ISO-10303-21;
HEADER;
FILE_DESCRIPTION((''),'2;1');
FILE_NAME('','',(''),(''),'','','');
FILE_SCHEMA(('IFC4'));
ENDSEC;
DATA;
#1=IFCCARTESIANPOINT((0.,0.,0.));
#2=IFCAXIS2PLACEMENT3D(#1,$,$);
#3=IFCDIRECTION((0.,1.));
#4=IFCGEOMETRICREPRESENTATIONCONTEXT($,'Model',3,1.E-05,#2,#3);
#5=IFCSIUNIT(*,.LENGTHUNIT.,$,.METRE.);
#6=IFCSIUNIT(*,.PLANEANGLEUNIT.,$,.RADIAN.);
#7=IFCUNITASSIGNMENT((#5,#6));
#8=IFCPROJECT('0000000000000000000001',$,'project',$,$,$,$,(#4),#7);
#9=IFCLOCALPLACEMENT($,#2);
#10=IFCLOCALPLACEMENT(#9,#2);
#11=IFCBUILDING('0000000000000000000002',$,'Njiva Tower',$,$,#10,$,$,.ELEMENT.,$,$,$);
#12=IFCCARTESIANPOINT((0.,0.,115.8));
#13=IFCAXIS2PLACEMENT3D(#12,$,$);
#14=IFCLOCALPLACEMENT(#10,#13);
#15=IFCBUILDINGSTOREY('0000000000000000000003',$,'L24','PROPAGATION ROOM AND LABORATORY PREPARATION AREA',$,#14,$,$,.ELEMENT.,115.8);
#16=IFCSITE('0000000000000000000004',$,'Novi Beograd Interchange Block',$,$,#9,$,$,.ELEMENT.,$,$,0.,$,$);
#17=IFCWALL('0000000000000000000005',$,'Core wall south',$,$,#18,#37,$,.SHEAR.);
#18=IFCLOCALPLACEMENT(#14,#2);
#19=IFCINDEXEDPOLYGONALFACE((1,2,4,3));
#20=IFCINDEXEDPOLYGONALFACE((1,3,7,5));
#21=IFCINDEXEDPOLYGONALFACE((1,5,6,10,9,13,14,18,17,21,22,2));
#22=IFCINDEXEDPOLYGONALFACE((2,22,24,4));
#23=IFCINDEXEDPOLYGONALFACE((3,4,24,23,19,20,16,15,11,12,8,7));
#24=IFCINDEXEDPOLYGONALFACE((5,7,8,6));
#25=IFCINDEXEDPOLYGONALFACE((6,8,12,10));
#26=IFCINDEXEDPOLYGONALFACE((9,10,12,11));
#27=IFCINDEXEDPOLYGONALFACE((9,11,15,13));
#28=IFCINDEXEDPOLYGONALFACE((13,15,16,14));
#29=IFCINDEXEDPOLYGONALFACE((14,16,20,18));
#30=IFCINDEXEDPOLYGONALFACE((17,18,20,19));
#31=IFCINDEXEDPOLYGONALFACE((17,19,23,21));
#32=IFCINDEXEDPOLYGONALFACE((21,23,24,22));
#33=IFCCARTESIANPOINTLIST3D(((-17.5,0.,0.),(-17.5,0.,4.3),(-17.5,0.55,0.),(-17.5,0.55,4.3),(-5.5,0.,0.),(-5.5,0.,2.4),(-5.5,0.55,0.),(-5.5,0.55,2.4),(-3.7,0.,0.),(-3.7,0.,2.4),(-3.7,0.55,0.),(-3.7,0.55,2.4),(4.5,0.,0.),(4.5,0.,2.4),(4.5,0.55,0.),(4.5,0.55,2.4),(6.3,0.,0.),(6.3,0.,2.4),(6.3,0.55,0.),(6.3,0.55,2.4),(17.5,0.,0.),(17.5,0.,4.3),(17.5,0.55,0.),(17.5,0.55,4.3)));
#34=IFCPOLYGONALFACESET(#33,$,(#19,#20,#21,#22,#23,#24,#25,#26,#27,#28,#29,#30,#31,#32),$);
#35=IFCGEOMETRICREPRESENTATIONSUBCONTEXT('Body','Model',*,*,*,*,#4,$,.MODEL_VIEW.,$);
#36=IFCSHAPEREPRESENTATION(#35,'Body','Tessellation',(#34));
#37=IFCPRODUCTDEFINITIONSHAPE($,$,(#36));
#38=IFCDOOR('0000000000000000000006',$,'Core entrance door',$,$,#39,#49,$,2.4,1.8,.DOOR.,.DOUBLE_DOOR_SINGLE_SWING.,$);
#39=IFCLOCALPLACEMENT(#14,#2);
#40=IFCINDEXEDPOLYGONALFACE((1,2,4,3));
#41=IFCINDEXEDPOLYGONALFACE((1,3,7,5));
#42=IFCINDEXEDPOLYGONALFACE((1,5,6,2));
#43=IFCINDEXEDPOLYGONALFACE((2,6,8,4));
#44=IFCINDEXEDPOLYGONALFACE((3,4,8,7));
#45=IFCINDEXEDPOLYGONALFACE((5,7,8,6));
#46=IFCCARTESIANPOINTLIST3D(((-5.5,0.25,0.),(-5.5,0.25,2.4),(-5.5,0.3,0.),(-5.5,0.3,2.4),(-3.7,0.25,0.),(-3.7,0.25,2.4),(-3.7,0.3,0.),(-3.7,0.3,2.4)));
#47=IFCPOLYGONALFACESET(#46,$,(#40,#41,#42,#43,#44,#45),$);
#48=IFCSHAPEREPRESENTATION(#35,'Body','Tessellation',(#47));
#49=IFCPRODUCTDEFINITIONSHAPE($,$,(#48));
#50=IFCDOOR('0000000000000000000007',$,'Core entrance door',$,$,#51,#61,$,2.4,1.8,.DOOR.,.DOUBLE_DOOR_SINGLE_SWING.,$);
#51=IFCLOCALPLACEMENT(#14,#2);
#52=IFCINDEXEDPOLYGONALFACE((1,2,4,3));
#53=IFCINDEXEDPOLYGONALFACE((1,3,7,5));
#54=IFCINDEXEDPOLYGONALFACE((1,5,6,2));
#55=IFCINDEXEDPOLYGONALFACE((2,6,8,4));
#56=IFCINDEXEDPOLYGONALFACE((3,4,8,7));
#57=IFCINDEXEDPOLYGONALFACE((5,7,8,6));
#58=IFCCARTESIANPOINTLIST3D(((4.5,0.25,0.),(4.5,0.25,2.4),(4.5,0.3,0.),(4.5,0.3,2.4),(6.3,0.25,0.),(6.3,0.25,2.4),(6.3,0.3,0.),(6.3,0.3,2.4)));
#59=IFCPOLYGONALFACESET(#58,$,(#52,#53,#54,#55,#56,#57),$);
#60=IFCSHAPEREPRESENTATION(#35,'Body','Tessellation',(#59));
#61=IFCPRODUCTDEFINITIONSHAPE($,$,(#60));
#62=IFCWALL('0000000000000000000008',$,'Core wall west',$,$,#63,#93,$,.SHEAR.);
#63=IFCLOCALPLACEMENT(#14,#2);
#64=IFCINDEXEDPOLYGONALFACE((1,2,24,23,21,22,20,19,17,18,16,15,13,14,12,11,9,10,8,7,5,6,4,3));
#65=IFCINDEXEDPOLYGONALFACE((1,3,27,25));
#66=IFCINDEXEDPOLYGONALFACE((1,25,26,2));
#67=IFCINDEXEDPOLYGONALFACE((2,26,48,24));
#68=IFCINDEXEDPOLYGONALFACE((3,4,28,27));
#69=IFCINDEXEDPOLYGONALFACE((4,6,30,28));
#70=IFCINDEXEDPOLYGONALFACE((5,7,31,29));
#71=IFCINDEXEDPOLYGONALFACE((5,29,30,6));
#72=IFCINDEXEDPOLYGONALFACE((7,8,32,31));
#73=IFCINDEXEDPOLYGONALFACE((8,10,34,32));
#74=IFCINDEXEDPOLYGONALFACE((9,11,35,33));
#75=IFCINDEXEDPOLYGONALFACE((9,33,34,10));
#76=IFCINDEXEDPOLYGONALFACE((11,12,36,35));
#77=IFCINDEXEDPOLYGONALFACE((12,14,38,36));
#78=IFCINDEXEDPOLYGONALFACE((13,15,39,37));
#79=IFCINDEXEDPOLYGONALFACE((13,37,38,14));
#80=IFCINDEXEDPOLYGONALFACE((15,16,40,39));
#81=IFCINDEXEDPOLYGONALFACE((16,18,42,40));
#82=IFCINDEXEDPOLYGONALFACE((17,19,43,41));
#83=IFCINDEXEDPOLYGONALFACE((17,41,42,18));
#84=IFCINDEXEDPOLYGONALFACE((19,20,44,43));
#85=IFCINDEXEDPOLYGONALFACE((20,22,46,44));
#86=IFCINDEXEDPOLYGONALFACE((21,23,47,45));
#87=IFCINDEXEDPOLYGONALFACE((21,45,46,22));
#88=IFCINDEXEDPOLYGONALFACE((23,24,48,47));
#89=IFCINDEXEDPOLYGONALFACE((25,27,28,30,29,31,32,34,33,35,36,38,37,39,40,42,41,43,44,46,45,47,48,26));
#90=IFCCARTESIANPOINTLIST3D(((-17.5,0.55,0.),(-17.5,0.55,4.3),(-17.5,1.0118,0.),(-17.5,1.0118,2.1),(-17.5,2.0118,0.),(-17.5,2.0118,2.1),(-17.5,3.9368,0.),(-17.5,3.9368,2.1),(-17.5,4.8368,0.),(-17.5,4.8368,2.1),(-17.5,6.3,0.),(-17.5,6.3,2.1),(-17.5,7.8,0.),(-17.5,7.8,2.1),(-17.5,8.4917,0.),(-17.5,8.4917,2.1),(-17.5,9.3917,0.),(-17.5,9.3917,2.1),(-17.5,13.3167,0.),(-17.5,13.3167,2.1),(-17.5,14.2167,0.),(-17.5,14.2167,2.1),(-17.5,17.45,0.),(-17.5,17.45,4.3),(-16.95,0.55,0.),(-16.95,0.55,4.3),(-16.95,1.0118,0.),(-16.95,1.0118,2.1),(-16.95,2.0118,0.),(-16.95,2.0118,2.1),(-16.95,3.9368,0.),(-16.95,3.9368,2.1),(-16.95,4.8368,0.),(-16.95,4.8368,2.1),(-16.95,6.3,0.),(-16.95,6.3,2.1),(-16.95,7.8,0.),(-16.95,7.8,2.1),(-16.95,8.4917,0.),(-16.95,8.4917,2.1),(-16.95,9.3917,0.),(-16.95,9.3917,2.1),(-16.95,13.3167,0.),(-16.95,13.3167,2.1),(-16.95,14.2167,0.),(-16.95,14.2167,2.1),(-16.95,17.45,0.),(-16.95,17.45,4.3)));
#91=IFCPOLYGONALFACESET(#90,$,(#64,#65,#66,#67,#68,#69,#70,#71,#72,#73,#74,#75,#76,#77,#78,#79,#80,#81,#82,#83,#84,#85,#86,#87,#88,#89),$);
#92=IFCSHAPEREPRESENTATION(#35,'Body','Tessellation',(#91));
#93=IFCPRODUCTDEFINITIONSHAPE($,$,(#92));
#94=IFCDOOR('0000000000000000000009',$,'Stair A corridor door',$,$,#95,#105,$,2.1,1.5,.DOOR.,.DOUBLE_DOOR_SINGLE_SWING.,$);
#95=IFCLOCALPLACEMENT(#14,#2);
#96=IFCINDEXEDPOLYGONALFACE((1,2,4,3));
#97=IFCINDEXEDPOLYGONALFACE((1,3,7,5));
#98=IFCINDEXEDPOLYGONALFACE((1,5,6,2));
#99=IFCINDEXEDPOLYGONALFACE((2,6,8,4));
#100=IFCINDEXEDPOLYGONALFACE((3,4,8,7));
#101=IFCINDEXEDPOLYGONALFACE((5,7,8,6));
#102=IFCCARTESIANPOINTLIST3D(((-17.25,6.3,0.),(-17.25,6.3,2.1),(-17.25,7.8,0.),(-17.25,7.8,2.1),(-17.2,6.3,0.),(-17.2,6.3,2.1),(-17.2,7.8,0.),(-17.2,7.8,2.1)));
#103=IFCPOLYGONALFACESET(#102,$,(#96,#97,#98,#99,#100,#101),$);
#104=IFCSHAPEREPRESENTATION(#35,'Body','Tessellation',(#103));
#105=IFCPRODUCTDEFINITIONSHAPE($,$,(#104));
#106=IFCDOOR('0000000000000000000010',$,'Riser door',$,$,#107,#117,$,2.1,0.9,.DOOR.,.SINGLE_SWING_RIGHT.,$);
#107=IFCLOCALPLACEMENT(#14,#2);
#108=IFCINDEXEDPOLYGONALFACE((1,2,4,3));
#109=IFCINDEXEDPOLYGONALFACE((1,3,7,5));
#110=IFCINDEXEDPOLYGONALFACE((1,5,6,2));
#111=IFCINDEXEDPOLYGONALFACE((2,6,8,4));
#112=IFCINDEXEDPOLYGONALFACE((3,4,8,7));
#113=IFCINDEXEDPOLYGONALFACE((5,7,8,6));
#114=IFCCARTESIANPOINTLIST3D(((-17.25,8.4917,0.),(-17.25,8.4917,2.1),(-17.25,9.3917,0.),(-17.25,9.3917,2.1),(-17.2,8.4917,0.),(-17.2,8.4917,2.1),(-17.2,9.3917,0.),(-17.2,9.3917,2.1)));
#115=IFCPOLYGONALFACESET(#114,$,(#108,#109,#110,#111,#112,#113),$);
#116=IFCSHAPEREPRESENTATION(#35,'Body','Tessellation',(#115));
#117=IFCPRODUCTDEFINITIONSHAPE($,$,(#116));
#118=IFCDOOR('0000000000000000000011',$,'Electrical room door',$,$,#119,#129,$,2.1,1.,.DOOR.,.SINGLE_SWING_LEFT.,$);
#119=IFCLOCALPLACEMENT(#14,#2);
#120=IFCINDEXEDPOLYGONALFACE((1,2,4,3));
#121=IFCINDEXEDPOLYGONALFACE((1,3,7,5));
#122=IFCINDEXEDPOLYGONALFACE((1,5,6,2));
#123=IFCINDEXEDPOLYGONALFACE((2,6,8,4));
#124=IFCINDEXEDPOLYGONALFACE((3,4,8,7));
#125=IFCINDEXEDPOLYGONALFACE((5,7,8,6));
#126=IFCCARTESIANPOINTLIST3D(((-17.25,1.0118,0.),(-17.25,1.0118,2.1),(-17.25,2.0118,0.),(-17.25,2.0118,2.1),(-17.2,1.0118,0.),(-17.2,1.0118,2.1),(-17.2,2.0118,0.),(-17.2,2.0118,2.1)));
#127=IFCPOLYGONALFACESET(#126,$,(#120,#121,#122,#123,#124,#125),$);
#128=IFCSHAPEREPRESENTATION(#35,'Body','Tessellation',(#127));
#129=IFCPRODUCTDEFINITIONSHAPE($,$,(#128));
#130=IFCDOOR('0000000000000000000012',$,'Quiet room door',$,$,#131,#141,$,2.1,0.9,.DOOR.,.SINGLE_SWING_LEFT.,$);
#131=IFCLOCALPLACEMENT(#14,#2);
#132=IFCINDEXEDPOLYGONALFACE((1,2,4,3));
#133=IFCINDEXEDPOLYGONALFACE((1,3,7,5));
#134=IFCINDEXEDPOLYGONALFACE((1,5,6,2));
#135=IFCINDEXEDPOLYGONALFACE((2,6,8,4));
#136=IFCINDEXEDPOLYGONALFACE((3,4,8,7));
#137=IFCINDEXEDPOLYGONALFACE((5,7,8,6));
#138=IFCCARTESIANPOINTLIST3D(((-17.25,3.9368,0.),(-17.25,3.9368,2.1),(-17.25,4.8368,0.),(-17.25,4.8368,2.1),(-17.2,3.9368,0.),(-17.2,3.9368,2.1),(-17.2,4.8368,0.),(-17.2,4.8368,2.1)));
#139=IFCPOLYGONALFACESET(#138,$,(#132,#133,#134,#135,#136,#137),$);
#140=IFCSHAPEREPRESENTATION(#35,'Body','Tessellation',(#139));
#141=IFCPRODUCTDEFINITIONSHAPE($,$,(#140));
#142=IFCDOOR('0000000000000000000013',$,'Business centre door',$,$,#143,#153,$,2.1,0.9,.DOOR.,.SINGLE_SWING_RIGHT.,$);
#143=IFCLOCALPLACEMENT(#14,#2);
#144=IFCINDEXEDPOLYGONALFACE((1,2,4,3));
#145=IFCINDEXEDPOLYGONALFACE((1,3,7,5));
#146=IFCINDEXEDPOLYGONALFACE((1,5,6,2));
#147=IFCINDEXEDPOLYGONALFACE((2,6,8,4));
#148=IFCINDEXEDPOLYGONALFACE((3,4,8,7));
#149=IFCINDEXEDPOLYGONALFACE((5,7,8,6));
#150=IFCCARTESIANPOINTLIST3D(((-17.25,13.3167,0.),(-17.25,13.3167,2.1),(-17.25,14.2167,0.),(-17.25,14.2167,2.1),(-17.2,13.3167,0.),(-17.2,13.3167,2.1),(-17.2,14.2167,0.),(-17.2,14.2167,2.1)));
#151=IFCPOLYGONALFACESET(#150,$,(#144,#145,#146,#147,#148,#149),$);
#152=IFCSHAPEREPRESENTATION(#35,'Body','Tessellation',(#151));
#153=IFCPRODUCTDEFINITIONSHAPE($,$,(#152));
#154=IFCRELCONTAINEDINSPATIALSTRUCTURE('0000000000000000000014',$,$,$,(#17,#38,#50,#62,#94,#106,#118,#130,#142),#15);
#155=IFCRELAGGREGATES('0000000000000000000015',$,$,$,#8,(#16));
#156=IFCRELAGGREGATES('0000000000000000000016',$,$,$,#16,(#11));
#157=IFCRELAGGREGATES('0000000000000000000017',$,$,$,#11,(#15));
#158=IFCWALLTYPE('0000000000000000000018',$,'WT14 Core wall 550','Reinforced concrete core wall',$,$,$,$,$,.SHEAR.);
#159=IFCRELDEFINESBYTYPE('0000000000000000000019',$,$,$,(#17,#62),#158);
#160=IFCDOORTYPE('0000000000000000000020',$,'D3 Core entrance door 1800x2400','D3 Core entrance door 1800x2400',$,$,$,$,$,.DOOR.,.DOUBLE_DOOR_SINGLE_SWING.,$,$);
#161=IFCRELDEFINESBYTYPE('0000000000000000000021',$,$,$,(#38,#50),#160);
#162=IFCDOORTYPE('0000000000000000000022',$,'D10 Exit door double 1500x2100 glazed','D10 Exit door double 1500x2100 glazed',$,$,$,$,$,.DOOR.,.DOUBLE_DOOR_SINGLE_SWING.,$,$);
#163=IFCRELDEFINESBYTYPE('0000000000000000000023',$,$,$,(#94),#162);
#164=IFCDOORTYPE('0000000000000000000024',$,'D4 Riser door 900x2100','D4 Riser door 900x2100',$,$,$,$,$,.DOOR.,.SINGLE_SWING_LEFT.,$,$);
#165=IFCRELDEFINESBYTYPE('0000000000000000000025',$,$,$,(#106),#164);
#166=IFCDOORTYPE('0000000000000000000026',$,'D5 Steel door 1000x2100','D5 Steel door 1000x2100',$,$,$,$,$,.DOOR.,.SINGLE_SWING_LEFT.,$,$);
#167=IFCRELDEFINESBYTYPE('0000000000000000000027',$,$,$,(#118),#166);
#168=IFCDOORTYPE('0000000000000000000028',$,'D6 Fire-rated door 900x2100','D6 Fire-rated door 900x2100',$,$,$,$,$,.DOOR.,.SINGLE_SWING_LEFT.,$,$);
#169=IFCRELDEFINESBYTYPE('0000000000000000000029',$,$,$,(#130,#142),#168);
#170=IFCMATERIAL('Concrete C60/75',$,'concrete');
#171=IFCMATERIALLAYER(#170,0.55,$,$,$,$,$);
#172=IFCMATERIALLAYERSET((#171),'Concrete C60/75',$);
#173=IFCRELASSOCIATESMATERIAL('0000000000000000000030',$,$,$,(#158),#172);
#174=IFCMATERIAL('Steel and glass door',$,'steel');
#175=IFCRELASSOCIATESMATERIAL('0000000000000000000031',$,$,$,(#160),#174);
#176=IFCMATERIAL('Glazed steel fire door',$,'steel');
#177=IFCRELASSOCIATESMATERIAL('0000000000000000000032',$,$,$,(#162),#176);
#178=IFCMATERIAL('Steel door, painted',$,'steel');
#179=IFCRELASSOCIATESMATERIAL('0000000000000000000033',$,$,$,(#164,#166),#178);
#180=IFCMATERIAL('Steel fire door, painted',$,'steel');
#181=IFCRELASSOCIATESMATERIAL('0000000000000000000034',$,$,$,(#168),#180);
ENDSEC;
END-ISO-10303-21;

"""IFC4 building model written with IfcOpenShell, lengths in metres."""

from ifc_helpers import new_model, si_unit, direction, frame, frame_2d, origin, place, context, subcontext, project, spatial, rectangle, extrude, material, layer, layer_set, type_object, element, fill, save


model = new_model("IFC4")

# Units and contexts
model_context = context("Model", 3, precision=1e-05, world=origin(), true_north=direction((0.0, 1.0)))
body_context = subcontext(model_context, "Body", "Model", "MODEL_VIEW")
ifc_project = project(units=[si_unit("LENGTHUNIT", "METRE"), si_unit("PLANEANGLEUNIT", "RADIAN")], contexts=[model_context])

# Site, building, storey
site_placement = place(None, origin())
site = spatial("IfcSite", under=ifc_project, at=site_placement, Name="Novi Beograd Interchange Block", CompositionType="ELEMENT", RefElevation=0.0)
building_placement = place(site_placement, origin())
building = spatial("IfcBuilding", under=site, at=building_placement, Name="Njiva Tower", CompositionType="ELEMENT")
storey_placement = place(building_placement, frame((0.0, 0.0, 115.8)))
storey = spatial("IfcBuildingStorey", under=building, at=storey_placement, Name="L24", Description="PROPAGATION ROOM AND LABORATORY PREPARATION AREA", CompositionType="ELEMENT", Elevation=115.8)

# Walls, openings, doors
ifc_material_1 = material(Name="Concrete C60/75", Category="concrete")
ifc_layer_1 = layer(ifc_material_1, 0.55)
ifc_layer_set_1 = layer_set([ifc_layer_1], Name="Concrete C60/75")
wall_type_1 = type_object("IfcWallType", Name="WT14 Core wall 550", Description="Reinforced concrete core wall", PredefinedType="SHEAR", material=ifc_layer_set_1)
wall_1_placement = place(storey_placement, frame((-17.5, 0.275, 0.0), z_axis=(0.0, 0.0, 1.0), x_axis=(1.0, 0.0, 0.0)))
wall_1 = element("IfcWall", 1, at=wall_1_placement, inside=storey, type_object=wall_type_1, Name="Core wall south", PredefinedType="SHEAR", context=body_context, shape_type="SweptSolid", body=[
    extrude(rectangle(XDim=35.0, YDim=0.55, at=frame_2d((17.5, 0.0))), origin(), (0.0, 0.0, 1.0), 4.3),
])
opening_1_placement = place(wall_1_placement, frame((12.0, 0.0, 0.0)))
opening_1 = element("IfcOpeningElement", 2, at=opening_1_placement, cuts=wall_1, PredefinedType="OPENING", context=body_context, shape_type="SweptSolid", body=[
    extrude(rectangle(XDim=1.8, YDim=2.4, at=frame_2d((0.9, 1.2))), frame((0.0, 0.285, 0.0), z_axis=(0.0, -1.0, 0.0), x_axis=(1.0, 0.0, 0.0)), (0.0, 0.0, 1.0), 0.57),
])
opening_2_placement = place(wall_1_placement, frame((22.0, 0.0, 0.0)))
opening_2 = element("IfcOpeningElement", 3, at=opening_2_placement, cuts=wall_1, PredefinedType="OPENING", context=body_context, shape_type="SweptSolid", body=[
    extrude(rectangle(XDim=1.8, YDim=2.4, at=frame_2d((0.9, 1.2))), frame((0.0, 0.285, 0.0), z_axis=(0.0, -1.0, 0.0), x_axis=(1.0, 0.0, 0.0)), (0.0, 0.0, 1.0), 0.57),
])
ifc_material_2 = material(Name="Steel and glass door", Category="steel")
door_type_1 = type_object("IfcDoorType", Name="D3 Core entrance door 1800x2400", Description="D3 Core entrance door 1800x2400", OperationType="DOUBLE_DOOR_SINGLE_SWING", PredefinedType="DOOR", material=ifc_material_2)
door_1_placement = place(opening_1_placement, origin())
door_1 = element("IfcDoor", 4, at=door_1_placement, inside=storey, type_object=door_type_1, Name="Core entrance door", OperationType="DOUBLE_DOOR_SINGLE_SWING", OverallHeight=2.4, OverallWidth=1.8, PredefinedType="DOOR", context=body_context, shape_type="SweptSolid", body=[
    extrude(rectangle(XDim=1.8, YDim=2.4, at=frame_2d((0.9, 1.2))), frame((0.0, 0.025, 0.0), z_axis=(0.0, -1.0, 0.0), x_axis=(1.0, 0.0, 0.0)), (0.0, 0.0, 1.0), 0.05),
])
fill(opening_1, door_1)
door_2_placement = place(opening_2_placement, origin())
door_2 = element("IfcDoor", 5, at=door_2_placement, inside=storey, type_object=door_type_1, Name="Core entrance door", OperationType="DOUBLE_DOOR_SINGLE_SWING", OverallHeight=2.4, OverallWidth=1.8, PredefinedType="DOOR", context=body_context, shape_type="SweptSolid", body=[
    extrude(rectangle(XDim=1.8, YDim=2.4, at=frame_2d((0.9, 1.2))), frame((0.0, 0.025, 0.0), z_axis=(0.0, -1.0, 0.0), x_axis=(1.0, 0.0, 0.0)), (0.0, 0.0, 1.0), 0.05),
])
fill(opening_2, door_2)
wall_2_placement = place(storey_placement, frame((-17.225, 0.55, 0.0), z_axis=(0.0, 0.0, 1.0), x_axis=(0.0, 1.0, 0.0)))
wall_2 = element("IfcWall", 6, at=wall_2_placement, inside=storey, type_object=wall_type_1, Name="Core wall west", PredefinedType="SHEAR", context=body_context, shape_type="SweptSolid", body=[
    extrude(rectangle(XDim=16.9, YDim=0.55, at=frame_2d((8.45, 0.0))), origin(), (0.0, 0.0, 1.0), 4.3),
])
opening_3_placement = place(wall_2_placement, frame((5.75, 0.0, 0.0)))
opening_3 = element("IfcOpeningElement", 7, at=opening_3_placement, cuts=wall_2, PredefinedType="OPENING", context=body_context, shape_type="SweptSolid", body=[
    extrude(rectangle(XDim=1.5, YDim=2.1, at=frame_2d((0.75, 1.05))), frame((0.0, 0.285, 0.0), z_axis=(0.0, -1.0, 0.0), x_axis=(1.0, 0.0, 0.0)), (0.0, 0.0, 1.0), 0.57),
])
opening_4_placement = place(wall_2_placement, frame((0.4618, 0.0, 0.0)))
opening_4 = element("IfcOpeningElement", 8, at=opening_4_placement, cuts=wall_2, PredefinedType="OPENING", context=body_context, shape_type="SweptSolid", body=[
    extrude(rectangle(XDim=1.0, YDim=2.1, at=frame_2d((0.5, 1.05))), frame((0.0, 0.285, 0.0), z_axis=(0.0, -1.0, 0.0), x_axis=(1.0, 0.0, 0.0)), (0.0, 0.0, 1.0), 0.57),
])
opening_5_placement = place(wall_2_placement, frame((3.3868, 0.0, 0.0)))
opening_5 = element("IfcOpeningElement", 9, at=opening_5_placement, cuts=wall_2, PredefinedType="OPENING", context=body_context, shape_type="SweptSolid", body=[
    extrude(rectangle(XDim=0.9, YDim=2.1, at=frame_2d((0.45, 1.05))), frame((0.0, 0.285, 0.0), z_axis=(0.0, -1.0, 0.0), x_axis=(1.0, 0.0, 0.0)), (0.0, 0.0, 1.0), 0.57),
])
opening_6_placement = place(wall_2_placement, frame((7.9417, 0.0, 0.0)))
opening_6 = element("IfcOpeningElement", 10, at=opening_6_placement, cuts=wall_2, PredefinedType="OPENING", context=body_context, shape_type="SweptSolid", body=[
    extrude(rectangle(XDim=0.9, YDim=2.1, at=frame_2d((0.45, 1.05))), frame((0.0, 0.285, 0.0), z_axis=(0.0, -1.0, 0.0), x_axis=(1.0, 0.0, 0.0)), (0.0, 0.0, 1.0), 0.57),
])
opening_7_placement = place(wall_2_placement, frame((12.7667, 0.0, 0.0)))
opening_7 = element("IfcOpeningElement", 11, at=opening_7_placement, cuts=wall_2, PredefinedType="OPENING", context=body_context, shape_type="SweptSolid", body=[
    extrude(rectangle(XDim=0.9, YDim=2.1, at=frame_2d((0.45, 1.05))), frame((0.0, 0.285, 0.0), z_axis=(0.0, -1.0, 0.0), x_axis=(1.0, 0.0, 0.0)), (0.0, 0.0, 1.0), 0.57),
])
ifc_material_3 = material(Name="Glazed steel fire door", Category="steel")
door_type_2 = type_object("IfcDoorType", Name="D10 Exit door double 1500x2100 glazed", Description="D10 Exit door double 1500x2100 glazed", OperationType="DOUBLE_DOOR_SINGLE_SWING", PredefinedType="DOOR", material=ifc_material_3)
door_3_placement = place(opening_3_placement, origin())
door_3 = element("IfcDoor", 12, at=door_3_placement, inside=storey, type_object=door_type_2, Name="Stair A corridor door", OperationType="DOUBLE_DOOR_SINGLE_SWING", OverallHeight=2.1, OverallWidth=1.5, PredefinedType="DOOR", context=body_context, shape_type="SweptSolid", body=[
    extrude(rectangle(XDim=1.5, YDim=2.1, at=frame_2d((0.75, 1.05))), frame((0.0, 0.025, 0.0), z_axis=(0.0, -1.0, 0.0), x_axis=(1.0, 0.0, 0.0)), (0.0, 0.0, 1.0), 0.05),
])
fill(opening_3, door_3)
ifc_material_4 = material(Name="Steel door, painted", Category="steel")
door_type_3 = type_object("IfcDoorType", Name="D4 Riser door 900x2100", Description="D4 Riser door 900x2100", OperationType="SINGLE_SWING_LEFT", PredefinedType="DOOR", material=ifc_material_4)
door_4_placement = place(opening_6_placement, origin())
door_4 = element("IfcDoor", 13, at=door_4_placement, inside=storey, type_object=door_type_3, Name="Riser door", OperationType="SINGLE_SWING_RIGHT", OverallHeight=2.1, OverallWidth=0.9, PredefinedType="DOOR", context=body_context, shape_type="SweptSolid", body=[
    extrude(rectangle(XDim=0.9, YDim=2.1, at=frame_2d((0.45, 1.05))), frame((0.0, 0.025, 0.0), z_axis=(0.0, -1.0, 0.0), x_axis=(1.0, 0.0, 0.0)), (0.0, 0.0, 1.0), 0.05),
])
fill(opening_6, door_4)
door_type_4 = type_object("IfcDoorType", Name="D5 Steel door 1000x2100", Description="D5 Steel door 1000x2100", OperationType="SINGLE_SWING_LEFT", PredefinedType="DOOR", material=ifc_material_4)
door_5_placement = place(opening_4_placement, origin())
door_5 = element("IfcDoor", 14, at=door_5_placement, inside=storey, type_object=door_type_4, Name="Electrical room door", OperationType="SINGLE_SWING_LEFT", OverallHeight=2.1, OverallWidth=1.0, PredefinedType="DOOR", context=body_context, shape_type="SweptSolid", body=[
    extrude(rectangle(XDim=1.0, YDim=2.1, at=frame_2d((0.5, 1.05))), frame((0.0, 0.025, 0.0), z_axis=(0.0, -1.0, 0.0), x_axis=(1.0, 0.0, 0.0)), (0.0, 0.0, 1.0), 0.05),
])
fill(opening_4, door_5)
ifc_material_5 = material(Name="Steel fire door, painted", Category="steel")
door_type_5 = type_object("IfcDoorType", Name="D6 Fire-rated door 900x2100", Description="D6 Fire-rated door 900x2100", OperationType="SINGLE_SWING_LEFT", PredefinedType="DOOR", material=ifc_material_5)
door_6_placement = place(opening_5_placement, origin())
door_6 = element("IfcDoor", 15, at=door_6_placement, inside=storey, type_object=door_type_5, Name="Quiet room door", OperationType="SINGLE_SWING_LEFT", OverallHeight=2.1, OverallWidth=0.9, PredefinedType="DOOR", context=body_context, shape_type="SweptSolid", body=[
    extrude(rectangle(XDim=0.9, YDim=2.1, at=frame_2d((0.45, 1.05))), frame((0.0, 0.025, 0.0), z_axis=(0.0, -1.0, 0.0), x_axis=(1.0, 0.0, 0.0)), (0.0, 0.0, 1.0), 0.05),
])
fill(opening_5, door_6)
door_7_placement = place(opening_7_placement, origin())
door_7 = element("IfcDoor", 16, at=door_7_placement, inside=storey, type_object=door_type_5, Name="Business centre door", OperationType="SINGLE_SWING_RIGHT", OverallHeight=2.1, OverallWidth=0.9, PredefinedType="DOOR", context=body_context, shape_type="SweptSolid", body=[
    extrude(rectangle(XDim=0.9, YDim=2.1, at=frame_2d((0.45, 1.05))), frame((0.0, 0.025, 0.0), z_axis=(0.0, -1.0, 0.0), x_axis=(1.0, 0.0, 0.0)), (0.0, 0.0, 1.0), 0.05),
])
fill(opening_7, door_7)

save(model, "model.ifc")
